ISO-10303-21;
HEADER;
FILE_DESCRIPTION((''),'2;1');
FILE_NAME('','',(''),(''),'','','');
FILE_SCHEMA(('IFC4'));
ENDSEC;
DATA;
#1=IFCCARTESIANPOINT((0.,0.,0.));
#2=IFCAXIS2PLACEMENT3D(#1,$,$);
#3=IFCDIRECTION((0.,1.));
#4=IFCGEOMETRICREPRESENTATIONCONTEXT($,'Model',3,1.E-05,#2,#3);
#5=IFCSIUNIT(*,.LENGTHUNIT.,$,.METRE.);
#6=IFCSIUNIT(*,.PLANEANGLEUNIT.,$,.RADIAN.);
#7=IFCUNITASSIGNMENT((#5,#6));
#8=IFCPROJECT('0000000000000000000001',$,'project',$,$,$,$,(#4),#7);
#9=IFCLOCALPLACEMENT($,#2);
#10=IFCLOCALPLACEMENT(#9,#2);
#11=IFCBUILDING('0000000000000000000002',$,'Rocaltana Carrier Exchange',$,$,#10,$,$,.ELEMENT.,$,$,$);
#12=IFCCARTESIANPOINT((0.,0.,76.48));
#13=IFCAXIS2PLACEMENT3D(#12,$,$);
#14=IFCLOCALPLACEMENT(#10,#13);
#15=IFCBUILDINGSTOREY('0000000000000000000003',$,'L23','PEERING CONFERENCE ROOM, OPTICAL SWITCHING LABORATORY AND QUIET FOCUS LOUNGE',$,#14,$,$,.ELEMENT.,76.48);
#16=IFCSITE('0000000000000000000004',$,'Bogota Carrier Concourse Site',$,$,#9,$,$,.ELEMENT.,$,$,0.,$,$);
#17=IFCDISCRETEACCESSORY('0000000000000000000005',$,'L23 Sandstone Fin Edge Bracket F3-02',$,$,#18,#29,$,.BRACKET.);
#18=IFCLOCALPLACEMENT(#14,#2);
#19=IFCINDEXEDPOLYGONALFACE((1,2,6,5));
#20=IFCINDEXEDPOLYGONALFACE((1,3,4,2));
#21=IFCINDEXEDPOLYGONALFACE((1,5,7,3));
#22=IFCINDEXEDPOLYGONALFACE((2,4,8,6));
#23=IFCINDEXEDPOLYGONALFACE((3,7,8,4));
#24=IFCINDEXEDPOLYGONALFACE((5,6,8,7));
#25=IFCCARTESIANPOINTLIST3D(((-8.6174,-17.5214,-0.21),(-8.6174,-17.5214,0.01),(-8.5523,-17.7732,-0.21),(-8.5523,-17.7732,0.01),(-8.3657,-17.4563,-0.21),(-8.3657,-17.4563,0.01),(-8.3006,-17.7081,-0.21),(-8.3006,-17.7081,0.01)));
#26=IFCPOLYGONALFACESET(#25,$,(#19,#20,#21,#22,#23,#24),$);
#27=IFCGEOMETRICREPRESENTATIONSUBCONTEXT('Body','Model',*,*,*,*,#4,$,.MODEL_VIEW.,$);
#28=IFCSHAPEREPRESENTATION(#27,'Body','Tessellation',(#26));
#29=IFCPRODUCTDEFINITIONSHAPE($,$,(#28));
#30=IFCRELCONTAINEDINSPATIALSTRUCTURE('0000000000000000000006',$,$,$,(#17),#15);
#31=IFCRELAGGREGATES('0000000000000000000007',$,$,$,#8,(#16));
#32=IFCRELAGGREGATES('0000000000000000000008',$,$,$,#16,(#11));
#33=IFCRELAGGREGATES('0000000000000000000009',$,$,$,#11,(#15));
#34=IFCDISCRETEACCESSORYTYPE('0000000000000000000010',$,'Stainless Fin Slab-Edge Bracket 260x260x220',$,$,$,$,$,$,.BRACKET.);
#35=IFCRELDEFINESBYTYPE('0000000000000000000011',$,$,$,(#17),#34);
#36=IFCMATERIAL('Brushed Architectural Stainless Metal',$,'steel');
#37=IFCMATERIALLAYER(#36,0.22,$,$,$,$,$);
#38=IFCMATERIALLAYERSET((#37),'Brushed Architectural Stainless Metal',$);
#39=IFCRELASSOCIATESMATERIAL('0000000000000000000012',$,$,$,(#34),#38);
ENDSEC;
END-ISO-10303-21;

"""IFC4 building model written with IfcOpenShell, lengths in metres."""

from ifc_helpers import new_model, si_unit, direction, frame, origin, origin_2d, place, context, subcontext, project, spatial, rectangle, extrude, material, layer, layer_set, type_object, element, save


model = new_model("IFC4")

# Units and contexts
model_context = context("Model", 3, precision=1e-05, world=origin(), true_north=direction((0.0, 1.0)))
body_context = subcontext(model_context, "Body", "Model", "MODEL_VIEW")
ifc_project = project(units=[si_unit("LENGTHUNIT", "METRE"), si_unit("PLANEANGLEUNIT", "RADIAN")], contexts=[model_context])

# Site, building, storey
site_placement = place(None, origin())
site = spatial("IfcSite", under=ifc_project, at=site_placement, Name="Bogota Carrier Concourse Site", CompositionType="ELEMENT", RefElevation=0.0)
building_placement = place(site_placement, origin())
building = spatial("IfcBuilding", under=site, at=building_placement, Name="Rocaltana Carrier Exchange", CompositionType="ELEMENT")
storey_placement = place(building_placement, frame((0.0, 0.0, 76.48)))
storey = spatial("IfcBuildingStorey", under=building, at=storey_placement, Name="L23", Description="PEERING CONFERENCE ROOM, OPTICAL SWITCHING LABORATORY AND QUIET FOCUS LOUNGE", CompositionType="ELEMENT", Elevation=76.48)

# Discrete accessory
ifc_material_1 = material(Name="Brushed Architectural Stainless Metal", Category="steel")
ifc_layer_1 = layer(ifc_material_1, 0.22)
ifc_layer_set_1 = layer_set([ifc_layer_1], Name="Brushed Architectural Stainless Metal")
discrete_accessory_type = type_object("IfcDiscreteAccessoryType", Name="Stainless Fin Slab-Edge Bracket 260x260x220", PredefinedType="BRACKET", material=ifc_layer_set_1)
discrete_accessory_placement = place(storey_placement, frame((-8.459, -17.6147, -0.21), z_axis=(0.0, 0.0, 1.0), x_axis=(0.968148, 0.25038, 0.0)))
element("IfcDiscreteAccessory", 1, at=discrete_accessory_placement, inside=storey, type_object=discrete_accessory_type, Name="L23 Sandstone Fin Edge Bracket F3-02", PredefinedType="BRACKET", context=body_context, shape_type="SweptSolid", body=[
    extrude(rectangle(XDim=0.26, YDim=0.26, at=origin_2d()), origin(), (0.0, 0.0, 1.0), 0.22),
])

save(model, "model.ifc")
